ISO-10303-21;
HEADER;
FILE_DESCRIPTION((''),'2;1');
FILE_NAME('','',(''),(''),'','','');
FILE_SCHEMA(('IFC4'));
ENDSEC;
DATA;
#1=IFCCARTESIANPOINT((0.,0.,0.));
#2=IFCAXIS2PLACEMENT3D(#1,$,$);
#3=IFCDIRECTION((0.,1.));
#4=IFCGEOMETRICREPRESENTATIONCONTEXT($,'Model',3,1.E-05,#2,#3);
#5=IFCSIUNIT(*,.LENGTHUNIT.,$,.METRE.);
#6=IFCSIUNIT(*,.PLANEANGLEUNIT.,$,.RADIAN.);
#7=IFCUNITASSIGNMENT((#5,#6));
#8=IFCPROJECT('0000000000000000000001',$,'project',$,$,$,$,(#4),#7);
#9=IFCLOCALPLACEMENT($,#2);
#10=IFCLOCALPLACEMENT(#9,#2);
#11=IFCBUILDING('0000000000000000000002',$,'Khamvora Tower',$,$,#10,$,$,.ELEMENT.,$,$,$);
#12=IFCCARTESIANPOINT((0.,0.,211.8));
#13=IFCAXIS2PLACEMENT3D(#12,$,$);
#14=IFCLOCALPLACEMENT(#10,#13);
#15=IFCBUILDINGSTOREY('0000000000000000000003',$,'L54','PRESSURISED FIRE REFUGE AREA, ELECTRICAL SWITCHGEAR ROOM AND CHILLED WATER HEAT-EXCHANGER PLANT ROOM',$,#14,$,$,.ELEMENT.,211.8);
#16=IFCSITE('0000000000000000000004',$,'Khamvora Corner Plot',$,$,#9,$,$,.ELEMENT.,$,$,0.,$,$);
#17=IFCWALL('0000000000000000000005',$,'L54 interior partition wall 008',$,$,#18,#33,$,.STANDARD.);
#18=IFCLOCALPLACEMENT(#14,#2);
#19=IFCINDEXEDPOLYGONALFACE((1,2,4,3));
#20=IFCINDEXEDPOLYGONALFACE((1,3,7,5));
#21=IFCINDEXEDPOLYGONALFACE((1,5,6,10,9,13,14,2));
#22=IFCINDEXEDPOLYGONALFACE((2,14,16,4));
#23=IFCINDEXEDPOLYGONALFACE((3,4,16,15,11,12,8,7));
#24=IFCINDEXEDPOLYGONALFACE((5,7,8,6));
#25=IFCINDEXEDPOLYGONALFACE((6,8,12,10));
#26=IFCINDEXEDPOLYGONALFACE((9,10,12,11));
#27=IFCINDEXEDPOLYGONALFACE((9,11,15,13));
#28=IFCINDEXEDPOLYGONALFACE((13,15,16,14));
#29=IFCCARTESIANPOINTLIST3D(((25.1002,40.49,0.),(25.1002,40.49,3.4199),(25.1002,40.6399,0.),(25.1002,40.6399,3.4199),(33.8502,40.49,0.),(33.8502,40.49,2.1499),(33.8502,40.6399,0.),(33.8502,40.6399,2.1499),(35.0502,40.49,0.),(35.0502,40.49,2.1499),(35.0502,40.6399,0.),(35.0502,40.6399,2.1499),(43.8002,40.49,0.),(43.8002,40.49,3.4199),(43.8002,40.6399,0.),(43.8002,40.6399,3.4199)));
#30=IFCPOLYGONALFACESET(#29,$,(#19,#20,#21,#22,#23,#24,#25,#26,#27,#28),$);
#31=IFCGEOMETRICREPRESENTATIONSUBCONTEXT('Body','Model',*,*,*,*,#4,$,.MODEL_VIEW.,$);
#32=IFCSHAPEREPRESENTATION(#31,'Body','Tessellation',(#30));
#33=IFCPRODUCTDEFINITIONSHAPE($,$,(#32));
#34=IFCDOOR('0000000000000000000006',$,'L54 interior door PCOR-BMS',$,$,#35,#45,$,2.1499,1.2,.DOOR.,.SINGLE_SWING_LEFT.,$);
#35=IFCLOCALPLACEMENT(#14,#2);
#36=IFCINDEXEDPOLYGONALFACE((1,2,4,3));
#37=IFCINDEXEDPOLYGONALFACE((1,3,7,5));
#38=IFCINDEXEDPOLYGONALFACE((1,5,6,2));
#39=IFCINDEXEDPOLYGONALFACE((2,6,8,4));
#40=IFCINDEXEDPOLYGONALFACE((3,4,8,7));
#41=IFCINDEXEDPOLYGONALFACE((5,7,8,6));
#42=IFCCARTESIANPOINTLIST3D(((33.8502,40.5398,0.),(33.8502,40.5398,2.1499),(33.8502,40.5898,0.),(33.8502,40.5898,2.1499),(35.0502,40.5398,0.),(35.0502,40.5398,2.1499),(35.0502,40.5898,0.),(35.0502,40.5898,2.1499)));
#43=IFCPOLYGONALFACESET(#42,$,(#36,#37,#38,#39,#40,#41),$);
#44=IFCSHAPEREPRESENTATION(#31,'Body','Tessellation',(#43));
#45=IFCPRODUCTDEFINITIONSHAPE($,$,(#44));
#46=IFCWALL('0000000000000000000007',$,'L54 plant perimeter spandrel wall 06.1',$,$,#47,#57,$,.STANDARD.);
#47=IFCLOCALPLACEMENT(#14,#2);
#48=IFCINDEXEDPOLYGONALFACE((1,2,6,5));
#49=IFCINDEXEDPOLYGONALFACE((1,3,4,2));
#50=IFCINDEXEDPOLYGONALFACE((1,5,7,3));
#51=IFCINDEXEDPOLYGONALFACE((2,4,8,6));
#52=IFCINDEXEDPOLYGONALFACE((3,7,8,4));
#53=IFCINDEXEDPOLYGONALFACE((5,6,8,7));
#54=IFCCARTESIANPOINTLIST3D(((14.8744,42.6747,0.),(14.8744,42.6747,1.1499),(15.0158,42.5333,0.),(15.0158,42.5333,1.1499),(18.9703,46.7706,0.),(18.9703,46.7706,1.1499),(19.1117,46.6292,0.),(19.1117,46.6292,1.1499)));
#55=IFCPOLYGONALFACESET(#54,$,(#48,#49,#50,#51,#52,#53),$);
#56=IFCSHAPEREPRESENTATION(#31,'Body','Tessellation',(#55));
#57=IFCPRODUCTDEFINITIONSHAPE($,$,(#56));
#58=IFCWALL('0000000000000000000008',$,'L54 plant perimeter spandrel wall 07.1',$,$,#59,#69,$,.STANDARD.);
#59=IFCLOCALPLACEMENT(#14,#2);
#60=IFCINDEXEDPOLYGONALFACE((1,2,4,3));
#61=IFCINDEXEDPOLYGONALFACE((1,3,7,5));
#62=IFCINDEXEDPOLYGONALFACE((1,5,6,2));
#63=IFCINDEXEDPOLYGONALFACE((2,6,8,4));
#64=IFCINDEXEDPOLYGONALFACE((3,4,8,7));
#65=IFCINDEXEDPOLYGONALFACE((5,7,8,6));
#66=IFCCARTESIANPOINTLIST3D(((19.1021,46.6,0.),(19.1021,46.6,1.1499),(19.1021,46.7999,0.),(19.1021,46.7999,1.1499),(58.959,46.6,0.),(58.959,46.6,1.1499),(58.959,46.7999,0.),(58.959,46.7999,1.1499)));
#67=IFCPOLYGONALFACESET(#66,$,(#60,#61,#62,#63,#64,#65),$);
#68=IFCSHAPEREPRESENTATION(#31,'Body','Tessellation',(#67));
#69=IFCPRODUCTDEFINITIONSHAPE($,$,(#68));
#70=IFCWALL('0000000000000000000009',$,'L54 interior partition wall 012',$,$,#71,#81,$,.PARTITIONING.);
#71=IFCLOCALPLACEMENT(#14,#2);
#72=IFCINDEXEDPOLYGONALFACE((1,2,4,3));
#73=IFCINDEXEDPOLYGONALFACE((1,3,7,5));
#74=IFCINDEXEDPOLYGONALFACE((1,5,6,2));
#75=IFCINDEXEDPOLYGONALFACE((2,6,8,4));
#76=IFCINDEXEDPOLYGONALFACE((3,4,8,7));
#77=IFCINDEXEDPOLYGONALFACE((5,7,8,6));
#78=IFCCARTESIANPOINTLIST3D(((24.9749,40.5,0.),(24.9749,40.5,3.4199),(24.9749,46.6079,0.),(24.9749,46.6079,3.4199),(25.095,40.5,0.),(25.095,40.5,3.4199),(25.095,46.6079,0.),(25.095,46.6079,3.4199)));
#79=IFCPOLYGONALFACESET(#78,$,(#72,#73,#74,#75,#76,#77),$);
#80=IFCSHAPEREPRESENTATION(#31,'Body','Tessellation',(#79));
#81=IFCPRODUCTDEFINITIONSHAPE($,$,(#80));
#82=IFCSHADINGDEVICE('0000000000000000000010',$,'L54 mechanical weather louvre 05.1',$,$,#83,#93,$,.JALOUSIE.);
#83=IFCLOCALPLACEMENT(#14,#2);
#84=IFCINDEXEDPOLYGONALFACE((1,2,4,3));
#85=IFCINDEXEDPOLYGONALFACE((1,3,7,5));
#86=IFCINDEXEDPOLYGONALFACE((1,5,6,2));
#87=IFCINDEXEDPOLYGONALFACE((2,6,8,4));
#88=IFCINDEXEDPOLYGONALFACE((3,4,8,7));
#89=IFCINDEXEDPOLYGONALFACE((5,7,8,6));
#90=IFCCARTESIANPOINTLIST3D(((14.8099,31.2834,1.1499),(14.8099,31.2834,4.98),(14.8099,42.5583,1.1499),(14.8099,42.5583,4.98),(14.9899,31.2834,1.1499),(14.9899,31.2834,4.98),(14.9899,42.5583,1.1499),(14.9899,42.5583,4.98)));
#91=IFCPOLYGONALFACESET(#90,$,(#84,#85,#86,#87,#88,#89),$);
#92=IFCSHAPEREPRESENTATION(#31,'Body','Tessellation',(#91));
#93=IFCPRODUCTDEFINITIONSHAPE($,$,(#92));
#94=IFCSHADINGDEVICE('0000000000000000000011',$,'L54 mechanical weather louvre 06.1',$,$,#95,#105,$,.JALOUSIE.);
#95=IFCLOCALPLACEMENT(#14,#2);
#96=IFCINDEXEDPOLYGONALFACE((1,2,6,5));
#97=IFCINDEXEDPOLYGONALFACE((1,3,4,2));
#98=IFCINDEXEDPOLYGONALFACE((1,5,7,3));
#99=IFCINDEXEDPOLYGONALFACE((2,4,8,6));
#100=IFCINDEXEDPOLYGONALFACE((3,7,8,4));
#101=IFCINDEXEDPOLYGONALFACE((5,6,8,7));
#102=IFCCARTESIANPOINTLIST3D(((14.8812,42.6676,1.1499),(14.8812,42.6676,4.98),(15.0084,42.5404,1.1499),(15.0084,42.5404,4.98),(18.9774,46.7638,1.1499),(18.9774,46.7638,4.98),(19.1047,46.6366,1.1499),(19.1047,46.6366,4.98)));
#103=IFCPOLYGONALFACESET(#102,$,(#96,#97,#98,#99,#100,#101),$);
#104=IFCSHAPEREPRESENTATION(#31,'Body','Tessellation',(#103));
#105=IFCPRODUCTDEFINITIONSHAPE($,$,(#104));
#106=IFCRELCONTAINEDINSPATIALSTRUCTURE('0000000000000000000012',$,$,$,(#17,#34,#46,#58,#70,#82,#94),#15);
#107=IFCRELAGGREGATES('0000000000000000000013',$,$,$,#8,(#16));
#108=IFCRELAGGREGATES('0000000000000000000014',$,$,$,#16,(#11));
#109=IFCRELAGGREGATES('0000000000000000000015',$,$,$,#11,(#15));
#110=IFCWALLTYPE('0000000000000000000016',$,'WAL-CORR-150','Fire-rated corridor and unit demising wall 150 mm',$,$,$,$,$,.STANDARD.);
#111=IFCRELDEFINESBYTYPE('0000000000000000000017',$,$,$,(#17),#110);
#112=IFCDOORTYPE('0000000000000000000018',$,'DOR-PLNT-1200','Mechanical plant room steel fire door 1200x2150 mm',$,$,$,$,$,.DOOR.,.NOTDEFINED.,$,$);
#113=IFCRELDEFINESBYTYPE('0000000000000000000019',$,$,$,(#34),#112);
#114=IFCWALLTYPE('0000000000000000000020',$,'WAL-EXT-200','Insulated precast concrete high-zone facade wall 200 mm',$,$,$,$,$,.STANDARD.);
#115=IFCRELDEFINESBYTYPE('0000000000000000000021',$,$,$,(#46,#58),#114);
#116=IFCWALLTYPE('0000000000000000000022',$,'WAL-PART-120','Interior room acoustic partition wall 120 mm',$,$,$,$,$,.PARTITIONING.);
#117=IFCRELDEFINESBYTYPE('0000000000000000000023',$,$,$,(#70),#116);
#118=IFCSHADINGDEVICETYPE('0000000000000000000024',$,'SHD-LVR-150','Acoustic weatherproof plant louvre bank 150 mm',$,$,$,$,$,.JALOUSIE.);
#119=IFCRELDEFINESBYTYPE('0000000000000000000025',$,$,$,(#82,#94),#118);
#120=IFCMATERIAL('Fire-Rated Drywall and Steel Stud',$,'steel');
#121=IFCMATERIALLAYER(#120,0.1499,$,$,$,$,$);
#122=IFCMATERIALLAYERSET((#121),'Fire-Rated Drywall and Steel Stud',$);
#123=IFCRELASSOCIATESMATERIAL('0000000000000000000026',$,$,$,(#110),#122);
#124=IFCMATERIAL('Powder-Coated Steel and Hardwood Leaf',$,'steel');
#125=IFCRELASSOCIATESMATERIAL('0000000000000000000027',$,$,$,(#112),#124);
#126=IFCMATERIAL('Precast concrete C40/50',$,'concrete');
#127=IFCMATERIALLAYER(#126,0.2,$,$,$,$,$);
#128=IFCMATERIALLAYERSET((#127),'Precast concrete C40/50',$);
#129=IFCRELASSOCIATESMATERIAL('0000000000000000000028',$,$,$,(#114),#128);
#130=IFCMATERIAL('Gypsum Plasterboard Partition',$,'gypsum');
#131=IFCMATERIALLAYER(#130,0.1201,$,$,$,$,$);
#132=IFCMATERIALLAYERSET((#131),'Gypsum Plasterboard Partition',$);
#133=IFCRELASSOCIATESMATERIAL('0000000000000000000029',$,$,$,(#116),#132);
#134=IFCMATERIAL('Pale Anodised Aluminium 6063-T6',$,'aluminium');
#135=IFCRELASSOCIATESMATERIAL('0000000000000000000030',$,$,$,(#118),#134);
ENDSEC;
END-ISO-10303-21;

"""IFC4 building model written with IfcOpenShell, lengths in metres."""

from ifc_helpers import new_model, si_unit, direction, frame, frame_2d, origin, origin_2d, place, context, subcontext, project, spatial, rectangle, extrude, material, layer, layer_set, type_object, element, fill, save


model = new_model("IFC4")

# Units and contexts
model_context = context("Model", 3, precision=1e-05, world=origin(), true_north=direction((0.0, 1.0)))
body_context = subcontext(model_context, "Body", "Model", "MODEL_VIEW")
ifc_project = project(units=[si_unit("LENGTHUNIT", "METRE"), si_unit("PLANEANGLEUNIT", "RADIAN")], contexts=[model_context])

# Site, building, storey
site_placement = place(None, origin())
site = spatial("IfcSite", under=ifc_project, at=site_placement, Name="Khamvora Corner Plot", CompositionType="ELEMENT", RefElevation=0.0)
building_placement = place(site_placement, origin())
building = spatial("IfcBuilding", under=site, at=building_placement, Name="Khamvora Tower", CompositionType="ELEMENT")
storey_placement = place(building_placement, frame((0.0, 0.0, 211.8)))
storey = spatial("IfcBuildingStorey", under=building, at=storey_placement, Name="L54", Description="PRESSURISED FIRE REFUGE AREA, ELECTRICAL SWITCHGEAR ROOM AND CHILLED WATER HEAT-EXCHANGER PLANT ROOM", CompositionType="ELEMENT", Elevation=211.8)

# Wall, opening, door
ifc_material_1 = material(Name="Fire-Rated Drywall and Steel Stud", Category="steel")
ifc_layer_1 = layer(ifc_material_1, 0.1499)
ifc_layer_set_1 = layer_set([ifc_layer_1], Name="Fire-Rated Drywall and Steel Stud")
wall_type_1 = type_object("IfcWallType", Name="WAL-CORR-150", Description="Fire-rated corridor and unit demising wall 150 mm", PredefinedType="STANDARD", material=ifc_layer_set_1)
wall_1_placement = place(storey_placement, frame((25.1001, 40.5649, 0.0), z_axis=(0.0, 0.0, 1.0), x_axis=(1.0, 0.0, 0.0)))
wall_1 = element("IfcWall", 1, at=wall_1_placement, inside=storey, type_object=wall_type_1, Name="L54 interior partition wall 008", PredefinedType="STANDARD", context=body_context, shape_type="SweptSolid", body=[
    extrude(rectangle(XDim=18.7, YDim=0.1499, at=frame_2d((9.3501, 0.0))), origin(), (0.0, 0.0, 1.0), 3.4199),
])
opening_placement = place(wall_1_placement, frame((8.75, 0.0, 0.0)))
opening = element("IfcOpeningElement", 2, at=opening_placement, cuts=wall_1, PredefinedType="OPENING", context=body_context, shape_type="SweptSolid", body=[
    extrude(rectangle(XDim=1.2, YDim=2.1499, at=frame_2d((0.6001, 1.075))), frame((0.0, 0.085, 0.0), z_axis=(0.0, -1.0, 0.0), x_axis=(1.0, 0.0, 0.0)), (0.0, 0.0, 1.0), 0.1699),
])
ifc_material_2 = material(Name="Powder-Coated Steel and Hardwood Leaf", Category="steel")
door_type = type_object("IfcDoorType", Name="DOR-PLNT-1200", Description="Mechanical plant room steel fire door 1200x2150 mm", OperationType="NOTDEFINED", PredefinedType="DOOR", material=ifc_material_2)
door_placement = place(opening_placement, origin())
door = element("IfcDoor", 3, at=door_placement, inside=storey, type_object=door_type, Name="L54 interior door PCOR-BMS", OperationType="SINGLE_SWING_LEFT", OverallHeight=2.1499, OverallWidth=1.2, PredefinedType="DOOR", context=body_context, shape_type="SweptSolid", body=[
    extrude(rectangle(XDim=1.2, YDim=2.1499, at=frame_2d((0.6001, 1.075))), frame((0.0, 0.0249, 0.0), z_axis=(0.0, -1.0, 0.0), x_axis=(1.0, 0.0, 0.0)), (0.0, 0.0, 1.0), 0.05),
])
fill(opening, door)

# Walls
ifc_material_3 = material(Name="Precast concrete C40/50", Category="concrete")
ifc_layer_2 = layer(ifc_material_3, 0.2)
ifc_layer_set_2 = layer_set([ifc_layer_2], Name="Precast concrete C40/50")
wall_type_2 = type_object("IfcWallType", Name="WAL-EXT-200", Description="Insulated precast concrete high-zone facade wall 200 mm", PredefinedType="STANDARD", material=ifc_layer_set_2)
wall_2_placement = place(storey_placement, frame((14.9451, 42.604, 0.0), z_axis=(0.0, 0.0, 1.0), x_axis=(0.707107, 0.707107, 0.0)))
element("IfcWall", 4, at=wall_2_placement, inside=storey, type_object=wall_type_2, Name="L54 plant perimeter spandrel wall 06.1", PredefinedType="STANDARD", context=body_context, shape_type="SweptSolid", body=[
    extrude(rectangle(XDim=5.7925, YDim=0.2, at=frame_2d((2.8962, 0.0))), origin(), (0.0, 0.0, 1.0), 1.1499),
])
wall_3_placement = place(storey_placement, frame((19.1021, 46.7, 0.0), z_axis=(0.0, 0.0, 1.0), x_axis=(1.0, 0.0, 0.0)))
element("IfcWall", 5, at=wall_3_placement, inside=storey, type_object=wall_type_2, Name="L54 plant perimeter spandrel wall 07.1", PredefinedType="STANDARD", context=body_context, shape_type="SweptSolid", body=[
    extrude(rectangle(XDim=39.8569, YDim=0.2, at=frame_2d((19.9285, 0.0))), origin(), (0.0, 0.0, 1.0), 1.1499),
])
ifc_material_4 = material(Name="Gypsum Plasterboard Partition", Category="gypsum")
ifc_layer_3 = layer(ifc_material_4, 0.1201)
ifc_layer_set_3 = layer_set([ifc_layer_3], Name="Gypsum Plasterboard Partition")
wall_type_3 = type_object("IfcWallType", Name="WAL-PART-120", Description="Interior room acoustic partition wall 120 mm", PredefinedType="PARTITIONING", material=ifc_layer_set_3)
wall_4_placement = place(storey_placement, frame((25.0349, 46.6079, 0.0), z_axis=(0.0, 0.0, 1.0), x_axis=(0.0, -1.0, 0.0)))
element("IfcWall", 6, at=wall_4_placement, inside=storey, type_object=wall_type_3, Name="L54 interior partition wall 012", PredefinedType="PARTITIONING", context=body_context, shape_type="SweptSolid", body=[
    extrude(rectangle(XDim=6.1079, YDim=0.1201, at=frame_2d((3.054, 0.0))), origin(), (0.0, 0.0, 1.0), 3.4199),
])

# Shading devices
ifc_material_5 = material(Name="Pale Anodised Aluminium 6063-T6", Category="aluminium")
shading_device_type = type_object("IfcShadingDeviceType", Name="SHD-LVR-150", Description="Acoustic weatherproof plant louvre bank 150 mm", PredefinedType="JALOUSIE", material=ifc_material_5)
shading_device_1_placement = place(storey_placement, frame((14.8999, 36.9209, 1.1499), z_axis=(0.0, 0.0, 1.0), x_axis=(0.0, 1.0, 0.0)))
element("IfcShadingDevice", 7, at=shading_device_1_placement, inside=storey, type_object=shading_device_type, Name="L54 mechanical weather louvre 05.1", PredefinedType="JALOUSIE", context=body_context, shape_type="SweptSolid", body=[
    extrude(rectangle(XDim=11.2749, YDim=0.1799, at=origin_2d()), origin(), (0.0, 0.0, 1.0), 3.8301),
])
shading_device_2_placement = place(storey_placement, frame((16.9929, 44.6521, 1.1499), z_axis=(0.0, 0.0, 1.0), x_axis=(0.707107, 0.707107, 0.0)))
element("IfcShadingDevice", 8, at=shading_device_2_placement, inside=storey, type_object=shading_device_type, Name="L54 mechanical weather louvre 06.1", PredefinedType="JALOUSIE", context=body_context, shape_type="SweptSolid", body=[
    extrude(rectangle(XDim=5.793, YDim=0.1799, at=origin_2d()), origin(), (0.0, 0.0, 1.0), 3.8301),
])

save(model, "model.ifc")
